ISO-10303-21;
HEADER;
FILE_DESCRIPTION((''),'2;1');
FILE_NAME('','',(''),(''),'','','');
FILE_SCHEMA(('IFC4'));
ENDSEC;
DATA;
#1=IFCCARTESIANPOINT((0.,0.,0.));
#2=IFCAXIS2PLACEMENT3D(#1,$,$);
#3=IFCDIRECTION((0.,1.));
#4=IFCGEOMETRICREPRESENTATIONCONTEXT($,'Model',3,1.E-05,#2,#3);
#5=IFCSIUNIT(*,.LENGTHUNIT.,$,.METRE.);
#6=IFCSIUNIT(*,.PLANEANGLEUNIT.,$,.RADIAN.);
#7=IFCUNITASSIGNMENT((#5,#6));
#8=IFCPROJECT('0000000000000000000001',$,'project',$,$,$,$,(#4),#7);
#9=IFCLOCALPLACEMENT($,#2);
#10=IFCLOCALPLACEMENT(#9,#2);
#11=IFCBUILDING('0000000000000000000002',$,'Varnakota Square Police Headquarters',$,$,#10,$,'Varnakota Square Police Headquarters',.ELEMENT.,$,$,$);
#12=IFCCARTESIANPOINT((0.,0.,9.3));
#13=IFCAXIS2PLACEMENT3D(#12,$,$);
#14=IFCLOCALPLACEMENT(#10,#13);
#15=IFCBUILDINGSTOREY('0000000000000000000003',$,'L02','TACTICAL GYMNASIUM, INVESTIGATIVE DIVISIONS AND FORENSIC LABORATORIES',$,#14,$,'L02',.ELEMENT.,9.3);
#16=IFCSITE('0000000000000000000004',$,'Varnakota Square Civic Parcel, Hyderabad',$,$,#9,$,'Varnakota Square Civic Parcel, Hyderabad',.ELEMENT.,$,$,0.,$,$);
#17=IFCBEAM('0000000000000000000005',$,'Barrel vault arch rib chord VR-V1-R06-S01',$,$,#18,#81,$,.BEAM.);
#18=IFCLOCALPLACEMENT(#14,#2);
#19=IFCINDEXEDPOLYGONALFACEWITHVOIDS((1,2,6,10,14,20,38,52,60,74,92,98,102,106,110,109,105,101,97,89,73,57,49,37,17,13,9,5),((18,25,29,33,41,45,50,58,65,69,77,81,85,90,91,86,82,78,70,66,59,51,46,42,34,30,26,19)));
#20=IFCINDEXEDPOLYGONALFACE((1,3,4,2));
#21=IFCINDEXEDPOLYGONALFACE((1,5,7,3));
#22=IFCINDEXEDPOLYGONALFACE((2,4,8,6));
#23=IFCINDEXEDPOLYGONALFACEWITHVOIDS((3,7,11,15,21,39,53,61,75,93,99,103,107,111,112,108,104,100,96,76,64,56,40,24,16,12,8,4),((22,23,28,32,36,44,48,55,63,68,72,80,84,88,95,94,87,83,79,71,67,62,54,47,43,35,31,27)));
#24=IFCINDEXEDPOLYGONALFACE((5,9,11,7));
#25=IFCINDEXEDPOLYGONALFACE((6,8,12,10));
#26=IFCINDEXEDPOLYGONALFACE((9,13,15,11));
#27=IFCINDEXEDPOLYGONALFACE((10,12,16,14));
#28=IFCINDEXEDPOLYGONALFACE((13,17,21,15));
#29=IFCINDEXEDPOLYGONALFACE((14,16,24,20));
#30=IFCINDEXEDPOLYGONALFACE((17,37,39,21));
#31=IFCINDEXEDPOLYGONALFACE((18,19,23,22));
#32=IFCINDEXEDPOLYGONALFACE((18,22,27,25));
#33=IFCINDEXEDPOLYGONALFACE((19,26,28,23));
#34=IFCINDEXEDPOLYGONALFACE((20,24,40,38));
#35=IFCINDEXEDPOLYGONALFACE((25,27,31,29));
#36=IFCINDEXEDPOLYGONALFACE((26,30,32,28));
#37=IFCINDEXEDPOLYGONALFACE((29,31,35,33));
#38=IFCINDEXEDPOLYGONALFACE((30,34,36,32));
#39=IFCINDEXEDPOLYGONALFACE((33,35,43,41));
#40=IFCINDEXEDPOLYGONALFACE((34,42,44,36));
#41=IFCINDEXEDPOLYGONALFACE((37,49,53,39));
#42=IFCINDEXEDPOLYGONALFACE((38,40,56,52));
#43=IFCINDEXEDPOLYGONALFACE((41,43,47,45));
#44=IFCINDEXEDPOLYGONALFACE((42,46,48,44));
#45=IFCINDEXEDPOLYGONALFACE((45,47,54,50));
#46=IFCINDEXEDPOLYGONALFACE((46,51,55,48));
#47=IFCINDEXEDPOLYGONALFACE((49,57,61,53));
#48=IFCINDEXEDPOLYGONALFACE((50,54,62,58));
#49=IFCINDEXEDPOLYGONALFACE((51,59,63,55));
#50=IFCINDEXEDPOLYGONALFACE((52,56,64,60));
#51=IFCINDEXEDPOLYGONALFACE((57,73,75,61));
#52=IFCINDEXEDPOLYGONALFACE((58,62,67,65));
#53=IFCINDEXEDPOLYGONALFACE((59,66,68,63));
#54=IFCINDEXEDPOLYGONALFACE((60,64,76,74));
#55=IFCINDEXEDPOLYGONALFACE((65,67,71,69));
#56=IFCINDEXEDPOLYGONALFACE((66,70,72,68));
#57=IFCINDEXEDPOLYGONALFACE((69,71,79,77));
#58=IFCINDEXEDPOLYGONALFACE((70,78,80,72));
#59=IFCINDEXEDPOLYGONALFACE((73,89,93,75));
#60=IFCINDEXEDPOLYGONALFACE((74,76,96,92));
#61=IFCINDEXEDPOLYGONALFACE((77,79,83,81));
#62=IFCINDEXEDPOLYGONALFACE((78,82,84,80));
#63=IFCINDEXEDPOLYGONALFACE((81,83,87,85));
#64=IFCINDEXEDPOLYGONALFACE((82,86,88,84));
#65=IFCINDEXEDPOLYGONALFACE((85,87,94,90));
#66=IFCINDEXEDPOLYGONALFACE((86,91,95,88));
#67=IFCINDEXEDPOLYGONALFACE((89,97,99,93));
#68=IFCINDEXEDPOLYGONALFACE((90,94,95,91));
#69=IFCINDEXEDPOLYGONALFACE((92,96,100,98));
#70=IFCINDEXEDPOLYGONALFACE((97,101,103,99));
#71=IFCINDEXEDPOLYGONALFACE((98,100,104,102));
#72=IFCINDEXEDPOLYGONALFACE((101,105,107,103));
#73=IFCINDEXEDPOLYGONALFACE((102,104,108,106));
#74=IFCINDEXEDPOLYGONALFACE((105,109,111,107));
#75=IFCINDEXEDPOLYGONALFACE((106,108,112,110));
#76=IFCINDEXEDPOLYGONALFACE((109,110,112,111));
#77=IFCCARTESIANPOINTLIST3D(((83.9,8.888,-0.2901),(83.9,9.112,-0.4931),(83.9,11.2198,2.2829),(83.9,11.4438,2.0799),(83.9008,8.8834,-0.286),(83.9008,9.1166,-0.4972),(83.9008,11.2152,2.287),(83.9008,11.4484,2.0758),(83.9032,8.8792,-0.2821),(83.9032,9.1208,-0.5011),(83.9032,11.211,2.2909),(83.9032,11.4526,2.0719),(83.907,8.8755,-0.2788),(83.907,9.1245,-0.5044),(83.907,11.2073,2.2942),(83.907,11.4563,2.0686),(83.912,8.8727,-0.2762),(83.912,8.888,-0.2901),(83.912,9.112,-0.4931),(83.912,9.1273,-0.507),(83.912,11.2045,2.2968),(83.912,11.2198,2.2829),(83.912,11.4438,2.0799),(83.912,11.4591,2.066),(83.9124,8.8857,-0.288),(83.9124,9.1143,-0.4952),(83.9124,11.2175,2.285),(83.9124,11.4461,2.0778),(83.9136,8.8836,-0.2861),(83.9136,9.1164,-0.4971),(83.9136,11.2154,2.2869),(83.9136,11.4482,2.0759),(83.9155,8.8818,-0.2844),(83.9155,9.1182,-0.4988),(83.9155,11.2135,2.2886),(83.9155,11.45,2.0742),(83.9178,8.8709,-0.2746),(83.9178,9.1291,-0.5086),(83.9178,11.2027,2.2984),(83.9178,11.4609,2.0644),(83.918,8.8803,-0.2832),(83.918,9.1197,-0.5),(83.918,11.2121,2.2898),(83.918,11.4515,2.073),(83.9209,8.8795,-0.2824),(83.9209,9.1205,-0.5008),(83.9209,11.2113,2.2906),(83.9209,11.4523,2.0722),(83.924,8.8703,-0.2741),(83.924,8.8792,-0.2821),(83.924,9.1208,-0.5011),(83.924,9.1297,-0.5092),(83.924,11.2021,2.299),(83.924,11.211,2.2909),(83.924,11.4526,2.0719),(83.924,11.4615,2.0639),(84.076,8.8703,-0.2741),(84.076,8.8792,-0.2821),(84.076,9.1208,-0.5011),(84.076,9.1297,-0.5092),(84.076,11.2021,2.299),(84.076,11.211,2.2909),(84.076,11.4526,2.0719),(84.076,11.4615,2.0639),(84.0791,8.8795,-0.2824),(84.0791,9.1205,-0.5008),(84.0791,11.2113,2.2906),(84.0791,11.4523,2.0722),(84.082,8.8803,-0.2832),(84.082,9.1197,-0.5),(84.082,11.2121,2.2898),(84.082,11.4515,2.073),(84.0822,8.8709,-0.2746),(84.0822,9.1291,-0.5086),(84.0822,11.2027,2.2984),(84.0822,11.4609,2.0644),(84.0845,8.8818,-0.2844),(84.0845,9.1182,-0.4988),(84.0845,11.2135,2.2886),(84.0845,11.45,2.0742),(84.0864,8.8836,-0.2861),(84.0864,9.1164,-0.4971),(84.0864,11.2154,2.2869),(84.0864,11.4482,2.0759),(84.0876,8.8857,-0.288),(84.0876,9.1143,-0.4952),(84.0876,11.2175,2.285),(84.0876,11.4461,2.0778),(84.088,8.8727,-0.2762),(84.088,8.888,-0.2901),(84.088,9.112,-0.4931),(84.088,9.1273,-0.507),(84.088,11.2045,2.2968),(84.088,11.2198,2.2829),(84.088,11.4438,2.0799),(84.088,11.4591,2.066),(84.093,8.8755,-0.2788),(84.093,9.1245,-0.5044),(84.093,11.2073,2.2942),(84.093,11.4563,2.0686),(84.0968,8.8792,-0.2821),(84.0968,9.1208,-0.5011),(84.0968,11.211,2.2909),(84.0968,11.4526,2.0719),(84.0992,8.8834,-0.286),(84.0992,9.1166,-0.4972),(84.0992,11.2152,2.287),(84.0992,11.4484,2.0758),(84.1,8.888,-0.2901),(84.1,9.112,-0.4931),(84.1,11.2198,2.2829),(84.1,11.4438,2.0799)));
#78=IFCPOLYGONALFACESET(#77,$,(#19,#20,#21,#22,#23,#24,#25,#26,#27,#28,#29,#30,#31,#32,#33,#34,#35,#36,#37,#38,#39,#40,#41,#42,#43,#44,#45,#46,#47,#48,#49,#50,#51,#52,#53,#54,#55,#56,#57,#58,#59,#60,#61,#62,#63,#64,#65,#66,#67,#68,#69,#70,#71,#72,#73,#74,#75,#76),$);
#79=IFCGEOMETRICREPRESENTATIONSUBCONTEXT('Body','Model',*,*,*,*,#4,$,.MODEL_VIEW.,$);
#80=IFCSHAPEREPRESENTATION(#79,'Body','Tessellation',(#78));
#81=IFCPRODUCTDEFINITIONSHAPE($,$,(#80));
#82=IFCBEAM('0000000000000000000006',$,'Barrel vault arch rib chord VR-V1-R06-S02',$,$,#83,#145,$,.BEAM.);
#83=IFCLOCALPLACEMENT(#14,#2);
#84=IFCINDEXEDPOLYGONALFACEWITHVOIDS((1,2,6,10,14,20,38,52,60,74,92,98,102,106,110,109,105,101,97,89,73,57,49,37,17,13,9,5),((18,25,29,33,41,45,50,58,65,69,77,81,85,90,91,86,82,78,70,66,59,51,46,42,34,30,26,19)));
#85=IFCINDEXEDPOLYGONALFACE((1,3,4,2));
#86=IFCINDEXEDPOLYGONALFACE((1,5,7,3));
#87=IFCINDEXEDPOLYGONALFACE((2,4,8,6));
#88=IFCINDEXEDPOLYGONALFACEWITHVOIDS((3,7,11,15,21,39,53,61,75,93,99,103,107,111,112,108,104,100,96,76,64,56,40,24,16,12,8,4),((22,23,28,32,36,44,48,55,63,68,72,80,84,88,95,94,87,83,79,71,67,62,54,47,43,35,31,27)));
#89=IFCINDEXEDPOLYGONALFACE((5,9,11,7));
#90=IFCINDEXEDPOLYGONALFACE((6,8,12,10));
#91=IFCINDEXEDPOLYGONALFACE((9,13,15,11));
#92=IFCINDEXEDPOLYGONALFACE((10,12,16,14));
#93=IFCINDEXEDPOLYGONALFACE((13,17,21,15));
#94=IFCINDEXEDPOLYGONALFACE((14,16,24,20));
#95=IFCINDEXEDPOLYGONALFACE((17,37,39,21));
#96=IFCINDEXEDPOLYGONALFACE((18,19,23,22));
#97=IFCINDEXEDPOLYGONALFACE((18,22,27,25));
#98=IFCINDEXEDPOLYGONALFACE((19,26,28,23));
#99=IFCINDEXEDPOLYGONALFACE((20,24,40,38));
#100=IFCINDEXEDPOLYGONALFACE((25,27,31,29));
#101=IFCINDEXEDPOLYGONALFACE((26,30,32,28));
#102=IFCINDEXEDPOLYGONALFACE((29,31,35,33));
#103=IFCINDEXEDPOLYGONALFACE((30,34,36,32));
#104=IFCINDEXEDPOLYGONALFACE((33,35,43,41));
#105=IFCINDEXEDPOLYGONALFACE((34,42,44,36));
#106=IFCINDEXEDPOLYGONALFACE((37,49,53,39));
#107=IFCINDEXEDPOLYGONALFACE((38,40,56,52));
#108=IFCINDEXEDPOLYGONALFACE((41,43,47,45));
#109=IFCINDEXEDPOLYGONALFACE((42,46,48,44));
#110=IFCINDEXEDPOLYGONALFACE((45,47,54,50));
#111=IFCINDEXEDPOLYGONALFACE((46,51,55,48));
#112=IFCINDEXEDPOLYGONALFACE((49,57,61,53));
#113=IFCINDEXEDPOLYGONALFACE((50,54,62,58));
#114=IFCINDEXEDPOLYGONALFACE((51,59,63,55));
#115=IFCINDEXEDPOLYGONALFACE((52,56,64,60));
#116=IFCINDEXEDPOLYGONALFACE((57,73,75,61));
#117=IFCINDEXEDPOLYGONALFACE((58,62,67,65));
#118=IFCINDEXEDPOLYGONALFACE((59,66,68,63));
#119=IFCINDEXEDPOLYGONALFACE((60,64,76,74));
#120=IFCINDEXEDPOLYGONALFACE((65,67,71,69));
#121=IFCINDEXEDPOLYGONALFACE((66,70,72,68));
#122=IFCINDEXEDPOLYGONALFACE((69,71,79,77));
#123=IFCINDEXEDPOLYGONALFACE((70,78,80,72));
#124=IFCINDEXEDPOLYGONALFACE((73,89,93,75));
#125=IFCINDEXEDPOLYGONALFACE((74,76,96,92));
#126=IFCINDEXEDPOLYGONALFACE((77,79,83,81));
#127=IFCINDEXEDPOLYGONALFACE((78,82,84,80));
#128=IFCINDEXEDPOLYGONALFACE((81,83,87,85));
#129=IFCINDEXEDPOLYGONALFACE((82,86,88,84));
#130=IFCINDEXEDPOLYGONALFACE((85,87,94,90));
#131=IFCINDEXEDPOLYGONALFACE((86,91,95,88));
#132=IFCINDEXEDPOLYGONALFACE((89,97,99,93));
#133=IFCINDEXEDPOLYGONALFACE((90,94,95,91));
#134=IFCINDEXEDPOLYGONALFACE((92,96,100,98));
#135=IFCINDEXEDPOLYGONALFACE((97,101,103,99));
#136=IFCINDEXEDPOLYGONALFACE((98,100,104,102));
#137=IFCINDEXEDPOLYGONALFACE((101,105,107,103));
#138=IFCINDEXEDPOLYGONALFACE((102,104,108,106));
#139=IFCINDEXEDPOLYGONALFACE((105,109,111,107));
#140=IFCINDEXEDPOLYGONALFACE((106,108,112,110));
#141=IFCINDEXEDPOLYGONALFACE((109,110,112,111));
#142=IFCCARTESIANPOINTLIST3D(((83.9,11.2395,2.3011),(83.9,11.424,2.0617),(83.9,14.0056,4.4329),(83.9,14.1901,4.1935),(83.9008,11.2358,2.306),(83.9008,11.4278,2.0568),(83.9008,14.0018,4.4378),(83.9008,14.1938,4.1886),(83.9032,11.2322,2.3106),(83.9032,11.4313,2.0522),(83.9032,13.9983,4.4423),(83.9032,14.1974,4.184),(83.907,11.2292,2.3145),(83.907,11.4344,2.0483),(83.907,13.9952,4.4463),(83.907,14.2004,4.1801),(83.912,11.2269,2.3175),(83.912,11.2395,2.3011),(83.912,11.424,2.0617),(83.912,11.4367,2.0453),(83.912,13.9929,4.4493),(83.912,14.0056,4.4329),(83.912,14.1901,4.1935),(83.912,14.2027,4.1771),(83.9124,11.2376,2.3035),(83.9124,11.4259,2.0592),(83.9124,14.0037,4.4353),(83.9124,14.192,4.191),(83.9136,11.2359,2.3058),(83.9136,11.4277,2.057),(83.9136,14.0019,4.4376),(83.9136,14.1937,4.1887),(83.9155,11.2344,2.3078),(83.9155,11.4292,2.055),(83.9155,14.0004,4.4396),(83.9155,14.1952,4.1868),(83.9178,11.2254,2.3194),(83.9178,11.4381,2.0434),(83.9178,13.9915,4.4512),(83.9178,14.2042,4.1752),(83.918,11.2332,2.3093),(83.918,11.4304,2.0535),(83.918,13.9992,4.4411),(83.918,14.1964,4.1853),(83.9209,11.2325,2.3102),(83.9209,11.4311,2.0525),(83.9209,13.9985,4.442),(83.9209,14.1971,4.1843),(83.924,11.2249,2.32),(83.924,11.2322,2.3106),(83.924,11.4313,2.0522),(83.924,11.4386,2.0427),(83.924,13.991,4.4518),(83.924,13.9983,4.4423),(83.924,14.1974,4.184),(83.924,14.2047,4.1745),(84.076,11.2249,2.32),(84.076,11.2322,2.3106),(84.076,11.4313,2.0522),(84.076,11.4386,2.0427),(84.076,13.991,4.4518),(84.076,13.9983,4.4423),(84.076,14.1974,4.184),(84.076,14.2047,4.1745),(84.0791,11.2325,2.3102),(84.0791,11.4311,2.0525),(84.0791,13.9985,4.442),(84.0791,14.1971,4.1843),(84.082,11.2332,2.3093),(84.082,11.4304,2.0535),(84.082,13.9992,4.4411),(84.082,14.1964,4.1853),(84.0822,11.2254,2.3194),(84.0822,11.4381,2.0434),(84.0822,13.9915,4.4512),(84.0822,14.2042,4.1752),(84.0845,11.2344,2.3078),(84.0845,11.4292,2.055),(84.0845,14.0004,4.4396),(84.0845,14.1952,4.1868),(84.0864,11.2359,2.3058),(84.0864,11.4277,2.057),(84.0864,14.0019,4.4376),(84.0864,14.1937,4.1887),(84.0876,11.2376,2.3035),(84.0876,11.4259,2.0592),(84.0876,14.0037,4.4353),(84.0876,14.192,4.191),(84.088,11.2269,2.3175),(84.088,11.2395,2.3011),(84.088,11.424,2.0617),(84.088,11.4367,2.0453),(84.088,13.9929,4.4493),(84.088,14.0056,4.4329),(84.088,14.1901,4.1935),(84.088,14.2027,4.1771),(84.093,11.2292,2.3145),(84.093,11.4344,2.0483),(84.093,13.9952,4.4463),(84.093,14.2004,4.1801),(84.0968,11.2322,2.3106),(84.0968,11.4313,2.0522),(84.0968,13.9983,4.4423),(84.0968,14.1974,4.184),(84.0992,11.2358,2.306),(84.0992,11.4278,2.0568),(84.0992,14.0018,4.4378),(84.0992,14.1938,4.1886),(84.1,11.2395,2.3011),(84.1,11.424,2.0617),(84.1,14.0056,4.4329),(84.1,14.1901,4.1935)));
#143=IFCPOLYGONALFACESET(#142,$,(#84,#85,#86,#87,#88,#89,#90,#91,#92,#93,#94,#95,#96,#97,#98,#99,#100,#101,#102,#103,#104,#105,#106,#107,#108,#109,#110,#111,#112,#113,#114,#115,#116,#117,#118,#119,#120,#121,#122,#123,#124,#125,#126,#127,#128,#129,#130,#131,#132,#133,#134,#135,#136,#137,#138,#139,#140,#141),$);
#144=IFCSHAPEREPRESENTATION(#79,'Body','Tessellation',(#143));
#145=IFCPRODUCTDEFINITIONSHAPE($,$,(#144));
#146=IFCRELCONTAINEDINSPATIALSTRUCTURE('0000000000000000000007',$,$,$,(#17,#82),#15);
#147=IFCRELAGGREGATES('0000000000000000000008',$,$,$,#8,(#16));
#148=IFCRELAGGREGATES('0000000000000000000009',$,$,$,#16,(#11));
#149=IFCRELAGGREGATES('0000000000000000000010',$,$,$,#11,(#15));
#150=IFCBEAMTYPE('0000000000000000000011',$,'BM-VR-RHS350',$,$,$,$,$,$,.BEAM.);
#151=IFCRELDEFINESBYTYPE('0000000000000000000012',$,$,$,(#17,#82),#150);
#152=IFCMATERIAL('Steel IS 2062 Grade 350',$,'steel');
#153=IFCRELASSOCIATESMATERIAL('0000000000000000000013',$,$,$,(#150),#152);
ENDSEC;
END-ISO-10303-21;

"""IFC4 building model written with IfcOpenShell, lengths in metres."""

from ifc_helpers import new_model, si_unit, direction, frame, origin, origin_2d, place, context, subcontext, project, spatial, hollow_rectangle, extrude, material, material_profile, profile_set, type_object, element, save


model = new_model("IFC4")

# Units and contexts
model_context = context("Model", 3, precision=1e-05, world=origin(), true_north=direction((0.0, 1.0)))
body_context = subcontext(model_context, "Body", "Model", "MODEL_VIEW")
ifc_project = project(units=[si_unit("LENGTHUNIT", "METRE"), si_unit("PLANEANGLEUNIT", "RADIAN")], contexts=[model_context])

# Site, building, storey
site_placement = place(None, origin())
site = spatial("IfcSite", under=ifc_project, at=site_placement, Name="Varnakota Square Civic Parcel, Hyderabad", LongName="Varnakota Square Civic Parcel, Hyderabad", CompositionType="ELEMENT", RefElevation=0.0)
building_placement = place(site_placement, origin())
building = spatial("IfcBuilding", under=site, at=building_placement, Name="Varnakota Square Police Headquarters", LongName="Varnakota Square Police Headquarters", CompositionType="ELEMENT")
storey_placement = place(building_placement, frame((0.0, 0.0, 9.3)))
storey = spatial("IfcBuildingStorey", under=building, at=storey_placement, Name="L02", Description="TACTICAL GYMNASIUM, INVESTIGATIVE DIVISIONS AND FORENSIC LABORATORIES", LongName="L02", CompositionType="ELEMENT", Elevation=9.3)

# Beams
ifc_material_1 = material(Name="Steel IS 2062 Grade 350", Category="steel")
ifc_material_profile_1 = material_profile(ifc_material_1, hollow_rectangle(XDim=0.2, YDim=0.3501, WallThickness=0.012, InnerFilletRadius=0.012, OuterFilletRadius=0.0239, at=origin_2d()), Name="RHS 350x200x12")
ifc_profile_set_1 = profile_set([ifc_material_profile_1], Name="Steel IS 2062 Grade 350")
beam_type_1 = type_object("IfcBeamType", Name="BM-VR-RHS350", PredefinedType="BEAM", material=ifc_profile_set_1)
beam_1_placement = place(storey_placement, frame((84.0, 9.0, -0.3916), z_axis=(0.0, 0.671521, 0.740986), x_axis=(-1.0, 0.0, 0.0)))
element("IfcBeam", 1, at=beam_1_placement, inside=storey, type_object=beam_type_1, Name="Barrel vault arch rib chord VR-V1-R06-S01", PredefinedType="BEAM", context=body_context, shape_type="SweptSolid", body=[
    extrude(hollow_rectangle(XDim=0.2, YDim=0.3501, WallThickness=0.012, InnerFilletRadius=0.012, OuterFilletRadius=0.0239, at=origin_2d()), origin(), (0.0, 0.0, 1.0), 3.4724),
])
beam_2_placement = place(storey_placement, frame((84.0, 11.3318, 2.1814), z_axis=(0.0, 0.792062, 0.61044), x_axis=(-1.0, 0.0, 0.0)))
element("IfcBeam", 2, at=beam_2_placement, inside=storey, type_object=beam_type_1, Name="Barrel vault arch rib chord VR-V1-R06-S02", PredefinedType="BEAM", context=body_context, shape_type="SweptSolid", body=[
    extrude(hollow_rectangle(XDim=0.2, YDim=0.3501, WallThickness=0.012, InnerFilletRadius=0.012, OuterFilletRadius=0.0239, at=origin_2d()), origin(), (0.0, 0.0, 1.0), 3.4922),
])

save(model, "model.ifc")
